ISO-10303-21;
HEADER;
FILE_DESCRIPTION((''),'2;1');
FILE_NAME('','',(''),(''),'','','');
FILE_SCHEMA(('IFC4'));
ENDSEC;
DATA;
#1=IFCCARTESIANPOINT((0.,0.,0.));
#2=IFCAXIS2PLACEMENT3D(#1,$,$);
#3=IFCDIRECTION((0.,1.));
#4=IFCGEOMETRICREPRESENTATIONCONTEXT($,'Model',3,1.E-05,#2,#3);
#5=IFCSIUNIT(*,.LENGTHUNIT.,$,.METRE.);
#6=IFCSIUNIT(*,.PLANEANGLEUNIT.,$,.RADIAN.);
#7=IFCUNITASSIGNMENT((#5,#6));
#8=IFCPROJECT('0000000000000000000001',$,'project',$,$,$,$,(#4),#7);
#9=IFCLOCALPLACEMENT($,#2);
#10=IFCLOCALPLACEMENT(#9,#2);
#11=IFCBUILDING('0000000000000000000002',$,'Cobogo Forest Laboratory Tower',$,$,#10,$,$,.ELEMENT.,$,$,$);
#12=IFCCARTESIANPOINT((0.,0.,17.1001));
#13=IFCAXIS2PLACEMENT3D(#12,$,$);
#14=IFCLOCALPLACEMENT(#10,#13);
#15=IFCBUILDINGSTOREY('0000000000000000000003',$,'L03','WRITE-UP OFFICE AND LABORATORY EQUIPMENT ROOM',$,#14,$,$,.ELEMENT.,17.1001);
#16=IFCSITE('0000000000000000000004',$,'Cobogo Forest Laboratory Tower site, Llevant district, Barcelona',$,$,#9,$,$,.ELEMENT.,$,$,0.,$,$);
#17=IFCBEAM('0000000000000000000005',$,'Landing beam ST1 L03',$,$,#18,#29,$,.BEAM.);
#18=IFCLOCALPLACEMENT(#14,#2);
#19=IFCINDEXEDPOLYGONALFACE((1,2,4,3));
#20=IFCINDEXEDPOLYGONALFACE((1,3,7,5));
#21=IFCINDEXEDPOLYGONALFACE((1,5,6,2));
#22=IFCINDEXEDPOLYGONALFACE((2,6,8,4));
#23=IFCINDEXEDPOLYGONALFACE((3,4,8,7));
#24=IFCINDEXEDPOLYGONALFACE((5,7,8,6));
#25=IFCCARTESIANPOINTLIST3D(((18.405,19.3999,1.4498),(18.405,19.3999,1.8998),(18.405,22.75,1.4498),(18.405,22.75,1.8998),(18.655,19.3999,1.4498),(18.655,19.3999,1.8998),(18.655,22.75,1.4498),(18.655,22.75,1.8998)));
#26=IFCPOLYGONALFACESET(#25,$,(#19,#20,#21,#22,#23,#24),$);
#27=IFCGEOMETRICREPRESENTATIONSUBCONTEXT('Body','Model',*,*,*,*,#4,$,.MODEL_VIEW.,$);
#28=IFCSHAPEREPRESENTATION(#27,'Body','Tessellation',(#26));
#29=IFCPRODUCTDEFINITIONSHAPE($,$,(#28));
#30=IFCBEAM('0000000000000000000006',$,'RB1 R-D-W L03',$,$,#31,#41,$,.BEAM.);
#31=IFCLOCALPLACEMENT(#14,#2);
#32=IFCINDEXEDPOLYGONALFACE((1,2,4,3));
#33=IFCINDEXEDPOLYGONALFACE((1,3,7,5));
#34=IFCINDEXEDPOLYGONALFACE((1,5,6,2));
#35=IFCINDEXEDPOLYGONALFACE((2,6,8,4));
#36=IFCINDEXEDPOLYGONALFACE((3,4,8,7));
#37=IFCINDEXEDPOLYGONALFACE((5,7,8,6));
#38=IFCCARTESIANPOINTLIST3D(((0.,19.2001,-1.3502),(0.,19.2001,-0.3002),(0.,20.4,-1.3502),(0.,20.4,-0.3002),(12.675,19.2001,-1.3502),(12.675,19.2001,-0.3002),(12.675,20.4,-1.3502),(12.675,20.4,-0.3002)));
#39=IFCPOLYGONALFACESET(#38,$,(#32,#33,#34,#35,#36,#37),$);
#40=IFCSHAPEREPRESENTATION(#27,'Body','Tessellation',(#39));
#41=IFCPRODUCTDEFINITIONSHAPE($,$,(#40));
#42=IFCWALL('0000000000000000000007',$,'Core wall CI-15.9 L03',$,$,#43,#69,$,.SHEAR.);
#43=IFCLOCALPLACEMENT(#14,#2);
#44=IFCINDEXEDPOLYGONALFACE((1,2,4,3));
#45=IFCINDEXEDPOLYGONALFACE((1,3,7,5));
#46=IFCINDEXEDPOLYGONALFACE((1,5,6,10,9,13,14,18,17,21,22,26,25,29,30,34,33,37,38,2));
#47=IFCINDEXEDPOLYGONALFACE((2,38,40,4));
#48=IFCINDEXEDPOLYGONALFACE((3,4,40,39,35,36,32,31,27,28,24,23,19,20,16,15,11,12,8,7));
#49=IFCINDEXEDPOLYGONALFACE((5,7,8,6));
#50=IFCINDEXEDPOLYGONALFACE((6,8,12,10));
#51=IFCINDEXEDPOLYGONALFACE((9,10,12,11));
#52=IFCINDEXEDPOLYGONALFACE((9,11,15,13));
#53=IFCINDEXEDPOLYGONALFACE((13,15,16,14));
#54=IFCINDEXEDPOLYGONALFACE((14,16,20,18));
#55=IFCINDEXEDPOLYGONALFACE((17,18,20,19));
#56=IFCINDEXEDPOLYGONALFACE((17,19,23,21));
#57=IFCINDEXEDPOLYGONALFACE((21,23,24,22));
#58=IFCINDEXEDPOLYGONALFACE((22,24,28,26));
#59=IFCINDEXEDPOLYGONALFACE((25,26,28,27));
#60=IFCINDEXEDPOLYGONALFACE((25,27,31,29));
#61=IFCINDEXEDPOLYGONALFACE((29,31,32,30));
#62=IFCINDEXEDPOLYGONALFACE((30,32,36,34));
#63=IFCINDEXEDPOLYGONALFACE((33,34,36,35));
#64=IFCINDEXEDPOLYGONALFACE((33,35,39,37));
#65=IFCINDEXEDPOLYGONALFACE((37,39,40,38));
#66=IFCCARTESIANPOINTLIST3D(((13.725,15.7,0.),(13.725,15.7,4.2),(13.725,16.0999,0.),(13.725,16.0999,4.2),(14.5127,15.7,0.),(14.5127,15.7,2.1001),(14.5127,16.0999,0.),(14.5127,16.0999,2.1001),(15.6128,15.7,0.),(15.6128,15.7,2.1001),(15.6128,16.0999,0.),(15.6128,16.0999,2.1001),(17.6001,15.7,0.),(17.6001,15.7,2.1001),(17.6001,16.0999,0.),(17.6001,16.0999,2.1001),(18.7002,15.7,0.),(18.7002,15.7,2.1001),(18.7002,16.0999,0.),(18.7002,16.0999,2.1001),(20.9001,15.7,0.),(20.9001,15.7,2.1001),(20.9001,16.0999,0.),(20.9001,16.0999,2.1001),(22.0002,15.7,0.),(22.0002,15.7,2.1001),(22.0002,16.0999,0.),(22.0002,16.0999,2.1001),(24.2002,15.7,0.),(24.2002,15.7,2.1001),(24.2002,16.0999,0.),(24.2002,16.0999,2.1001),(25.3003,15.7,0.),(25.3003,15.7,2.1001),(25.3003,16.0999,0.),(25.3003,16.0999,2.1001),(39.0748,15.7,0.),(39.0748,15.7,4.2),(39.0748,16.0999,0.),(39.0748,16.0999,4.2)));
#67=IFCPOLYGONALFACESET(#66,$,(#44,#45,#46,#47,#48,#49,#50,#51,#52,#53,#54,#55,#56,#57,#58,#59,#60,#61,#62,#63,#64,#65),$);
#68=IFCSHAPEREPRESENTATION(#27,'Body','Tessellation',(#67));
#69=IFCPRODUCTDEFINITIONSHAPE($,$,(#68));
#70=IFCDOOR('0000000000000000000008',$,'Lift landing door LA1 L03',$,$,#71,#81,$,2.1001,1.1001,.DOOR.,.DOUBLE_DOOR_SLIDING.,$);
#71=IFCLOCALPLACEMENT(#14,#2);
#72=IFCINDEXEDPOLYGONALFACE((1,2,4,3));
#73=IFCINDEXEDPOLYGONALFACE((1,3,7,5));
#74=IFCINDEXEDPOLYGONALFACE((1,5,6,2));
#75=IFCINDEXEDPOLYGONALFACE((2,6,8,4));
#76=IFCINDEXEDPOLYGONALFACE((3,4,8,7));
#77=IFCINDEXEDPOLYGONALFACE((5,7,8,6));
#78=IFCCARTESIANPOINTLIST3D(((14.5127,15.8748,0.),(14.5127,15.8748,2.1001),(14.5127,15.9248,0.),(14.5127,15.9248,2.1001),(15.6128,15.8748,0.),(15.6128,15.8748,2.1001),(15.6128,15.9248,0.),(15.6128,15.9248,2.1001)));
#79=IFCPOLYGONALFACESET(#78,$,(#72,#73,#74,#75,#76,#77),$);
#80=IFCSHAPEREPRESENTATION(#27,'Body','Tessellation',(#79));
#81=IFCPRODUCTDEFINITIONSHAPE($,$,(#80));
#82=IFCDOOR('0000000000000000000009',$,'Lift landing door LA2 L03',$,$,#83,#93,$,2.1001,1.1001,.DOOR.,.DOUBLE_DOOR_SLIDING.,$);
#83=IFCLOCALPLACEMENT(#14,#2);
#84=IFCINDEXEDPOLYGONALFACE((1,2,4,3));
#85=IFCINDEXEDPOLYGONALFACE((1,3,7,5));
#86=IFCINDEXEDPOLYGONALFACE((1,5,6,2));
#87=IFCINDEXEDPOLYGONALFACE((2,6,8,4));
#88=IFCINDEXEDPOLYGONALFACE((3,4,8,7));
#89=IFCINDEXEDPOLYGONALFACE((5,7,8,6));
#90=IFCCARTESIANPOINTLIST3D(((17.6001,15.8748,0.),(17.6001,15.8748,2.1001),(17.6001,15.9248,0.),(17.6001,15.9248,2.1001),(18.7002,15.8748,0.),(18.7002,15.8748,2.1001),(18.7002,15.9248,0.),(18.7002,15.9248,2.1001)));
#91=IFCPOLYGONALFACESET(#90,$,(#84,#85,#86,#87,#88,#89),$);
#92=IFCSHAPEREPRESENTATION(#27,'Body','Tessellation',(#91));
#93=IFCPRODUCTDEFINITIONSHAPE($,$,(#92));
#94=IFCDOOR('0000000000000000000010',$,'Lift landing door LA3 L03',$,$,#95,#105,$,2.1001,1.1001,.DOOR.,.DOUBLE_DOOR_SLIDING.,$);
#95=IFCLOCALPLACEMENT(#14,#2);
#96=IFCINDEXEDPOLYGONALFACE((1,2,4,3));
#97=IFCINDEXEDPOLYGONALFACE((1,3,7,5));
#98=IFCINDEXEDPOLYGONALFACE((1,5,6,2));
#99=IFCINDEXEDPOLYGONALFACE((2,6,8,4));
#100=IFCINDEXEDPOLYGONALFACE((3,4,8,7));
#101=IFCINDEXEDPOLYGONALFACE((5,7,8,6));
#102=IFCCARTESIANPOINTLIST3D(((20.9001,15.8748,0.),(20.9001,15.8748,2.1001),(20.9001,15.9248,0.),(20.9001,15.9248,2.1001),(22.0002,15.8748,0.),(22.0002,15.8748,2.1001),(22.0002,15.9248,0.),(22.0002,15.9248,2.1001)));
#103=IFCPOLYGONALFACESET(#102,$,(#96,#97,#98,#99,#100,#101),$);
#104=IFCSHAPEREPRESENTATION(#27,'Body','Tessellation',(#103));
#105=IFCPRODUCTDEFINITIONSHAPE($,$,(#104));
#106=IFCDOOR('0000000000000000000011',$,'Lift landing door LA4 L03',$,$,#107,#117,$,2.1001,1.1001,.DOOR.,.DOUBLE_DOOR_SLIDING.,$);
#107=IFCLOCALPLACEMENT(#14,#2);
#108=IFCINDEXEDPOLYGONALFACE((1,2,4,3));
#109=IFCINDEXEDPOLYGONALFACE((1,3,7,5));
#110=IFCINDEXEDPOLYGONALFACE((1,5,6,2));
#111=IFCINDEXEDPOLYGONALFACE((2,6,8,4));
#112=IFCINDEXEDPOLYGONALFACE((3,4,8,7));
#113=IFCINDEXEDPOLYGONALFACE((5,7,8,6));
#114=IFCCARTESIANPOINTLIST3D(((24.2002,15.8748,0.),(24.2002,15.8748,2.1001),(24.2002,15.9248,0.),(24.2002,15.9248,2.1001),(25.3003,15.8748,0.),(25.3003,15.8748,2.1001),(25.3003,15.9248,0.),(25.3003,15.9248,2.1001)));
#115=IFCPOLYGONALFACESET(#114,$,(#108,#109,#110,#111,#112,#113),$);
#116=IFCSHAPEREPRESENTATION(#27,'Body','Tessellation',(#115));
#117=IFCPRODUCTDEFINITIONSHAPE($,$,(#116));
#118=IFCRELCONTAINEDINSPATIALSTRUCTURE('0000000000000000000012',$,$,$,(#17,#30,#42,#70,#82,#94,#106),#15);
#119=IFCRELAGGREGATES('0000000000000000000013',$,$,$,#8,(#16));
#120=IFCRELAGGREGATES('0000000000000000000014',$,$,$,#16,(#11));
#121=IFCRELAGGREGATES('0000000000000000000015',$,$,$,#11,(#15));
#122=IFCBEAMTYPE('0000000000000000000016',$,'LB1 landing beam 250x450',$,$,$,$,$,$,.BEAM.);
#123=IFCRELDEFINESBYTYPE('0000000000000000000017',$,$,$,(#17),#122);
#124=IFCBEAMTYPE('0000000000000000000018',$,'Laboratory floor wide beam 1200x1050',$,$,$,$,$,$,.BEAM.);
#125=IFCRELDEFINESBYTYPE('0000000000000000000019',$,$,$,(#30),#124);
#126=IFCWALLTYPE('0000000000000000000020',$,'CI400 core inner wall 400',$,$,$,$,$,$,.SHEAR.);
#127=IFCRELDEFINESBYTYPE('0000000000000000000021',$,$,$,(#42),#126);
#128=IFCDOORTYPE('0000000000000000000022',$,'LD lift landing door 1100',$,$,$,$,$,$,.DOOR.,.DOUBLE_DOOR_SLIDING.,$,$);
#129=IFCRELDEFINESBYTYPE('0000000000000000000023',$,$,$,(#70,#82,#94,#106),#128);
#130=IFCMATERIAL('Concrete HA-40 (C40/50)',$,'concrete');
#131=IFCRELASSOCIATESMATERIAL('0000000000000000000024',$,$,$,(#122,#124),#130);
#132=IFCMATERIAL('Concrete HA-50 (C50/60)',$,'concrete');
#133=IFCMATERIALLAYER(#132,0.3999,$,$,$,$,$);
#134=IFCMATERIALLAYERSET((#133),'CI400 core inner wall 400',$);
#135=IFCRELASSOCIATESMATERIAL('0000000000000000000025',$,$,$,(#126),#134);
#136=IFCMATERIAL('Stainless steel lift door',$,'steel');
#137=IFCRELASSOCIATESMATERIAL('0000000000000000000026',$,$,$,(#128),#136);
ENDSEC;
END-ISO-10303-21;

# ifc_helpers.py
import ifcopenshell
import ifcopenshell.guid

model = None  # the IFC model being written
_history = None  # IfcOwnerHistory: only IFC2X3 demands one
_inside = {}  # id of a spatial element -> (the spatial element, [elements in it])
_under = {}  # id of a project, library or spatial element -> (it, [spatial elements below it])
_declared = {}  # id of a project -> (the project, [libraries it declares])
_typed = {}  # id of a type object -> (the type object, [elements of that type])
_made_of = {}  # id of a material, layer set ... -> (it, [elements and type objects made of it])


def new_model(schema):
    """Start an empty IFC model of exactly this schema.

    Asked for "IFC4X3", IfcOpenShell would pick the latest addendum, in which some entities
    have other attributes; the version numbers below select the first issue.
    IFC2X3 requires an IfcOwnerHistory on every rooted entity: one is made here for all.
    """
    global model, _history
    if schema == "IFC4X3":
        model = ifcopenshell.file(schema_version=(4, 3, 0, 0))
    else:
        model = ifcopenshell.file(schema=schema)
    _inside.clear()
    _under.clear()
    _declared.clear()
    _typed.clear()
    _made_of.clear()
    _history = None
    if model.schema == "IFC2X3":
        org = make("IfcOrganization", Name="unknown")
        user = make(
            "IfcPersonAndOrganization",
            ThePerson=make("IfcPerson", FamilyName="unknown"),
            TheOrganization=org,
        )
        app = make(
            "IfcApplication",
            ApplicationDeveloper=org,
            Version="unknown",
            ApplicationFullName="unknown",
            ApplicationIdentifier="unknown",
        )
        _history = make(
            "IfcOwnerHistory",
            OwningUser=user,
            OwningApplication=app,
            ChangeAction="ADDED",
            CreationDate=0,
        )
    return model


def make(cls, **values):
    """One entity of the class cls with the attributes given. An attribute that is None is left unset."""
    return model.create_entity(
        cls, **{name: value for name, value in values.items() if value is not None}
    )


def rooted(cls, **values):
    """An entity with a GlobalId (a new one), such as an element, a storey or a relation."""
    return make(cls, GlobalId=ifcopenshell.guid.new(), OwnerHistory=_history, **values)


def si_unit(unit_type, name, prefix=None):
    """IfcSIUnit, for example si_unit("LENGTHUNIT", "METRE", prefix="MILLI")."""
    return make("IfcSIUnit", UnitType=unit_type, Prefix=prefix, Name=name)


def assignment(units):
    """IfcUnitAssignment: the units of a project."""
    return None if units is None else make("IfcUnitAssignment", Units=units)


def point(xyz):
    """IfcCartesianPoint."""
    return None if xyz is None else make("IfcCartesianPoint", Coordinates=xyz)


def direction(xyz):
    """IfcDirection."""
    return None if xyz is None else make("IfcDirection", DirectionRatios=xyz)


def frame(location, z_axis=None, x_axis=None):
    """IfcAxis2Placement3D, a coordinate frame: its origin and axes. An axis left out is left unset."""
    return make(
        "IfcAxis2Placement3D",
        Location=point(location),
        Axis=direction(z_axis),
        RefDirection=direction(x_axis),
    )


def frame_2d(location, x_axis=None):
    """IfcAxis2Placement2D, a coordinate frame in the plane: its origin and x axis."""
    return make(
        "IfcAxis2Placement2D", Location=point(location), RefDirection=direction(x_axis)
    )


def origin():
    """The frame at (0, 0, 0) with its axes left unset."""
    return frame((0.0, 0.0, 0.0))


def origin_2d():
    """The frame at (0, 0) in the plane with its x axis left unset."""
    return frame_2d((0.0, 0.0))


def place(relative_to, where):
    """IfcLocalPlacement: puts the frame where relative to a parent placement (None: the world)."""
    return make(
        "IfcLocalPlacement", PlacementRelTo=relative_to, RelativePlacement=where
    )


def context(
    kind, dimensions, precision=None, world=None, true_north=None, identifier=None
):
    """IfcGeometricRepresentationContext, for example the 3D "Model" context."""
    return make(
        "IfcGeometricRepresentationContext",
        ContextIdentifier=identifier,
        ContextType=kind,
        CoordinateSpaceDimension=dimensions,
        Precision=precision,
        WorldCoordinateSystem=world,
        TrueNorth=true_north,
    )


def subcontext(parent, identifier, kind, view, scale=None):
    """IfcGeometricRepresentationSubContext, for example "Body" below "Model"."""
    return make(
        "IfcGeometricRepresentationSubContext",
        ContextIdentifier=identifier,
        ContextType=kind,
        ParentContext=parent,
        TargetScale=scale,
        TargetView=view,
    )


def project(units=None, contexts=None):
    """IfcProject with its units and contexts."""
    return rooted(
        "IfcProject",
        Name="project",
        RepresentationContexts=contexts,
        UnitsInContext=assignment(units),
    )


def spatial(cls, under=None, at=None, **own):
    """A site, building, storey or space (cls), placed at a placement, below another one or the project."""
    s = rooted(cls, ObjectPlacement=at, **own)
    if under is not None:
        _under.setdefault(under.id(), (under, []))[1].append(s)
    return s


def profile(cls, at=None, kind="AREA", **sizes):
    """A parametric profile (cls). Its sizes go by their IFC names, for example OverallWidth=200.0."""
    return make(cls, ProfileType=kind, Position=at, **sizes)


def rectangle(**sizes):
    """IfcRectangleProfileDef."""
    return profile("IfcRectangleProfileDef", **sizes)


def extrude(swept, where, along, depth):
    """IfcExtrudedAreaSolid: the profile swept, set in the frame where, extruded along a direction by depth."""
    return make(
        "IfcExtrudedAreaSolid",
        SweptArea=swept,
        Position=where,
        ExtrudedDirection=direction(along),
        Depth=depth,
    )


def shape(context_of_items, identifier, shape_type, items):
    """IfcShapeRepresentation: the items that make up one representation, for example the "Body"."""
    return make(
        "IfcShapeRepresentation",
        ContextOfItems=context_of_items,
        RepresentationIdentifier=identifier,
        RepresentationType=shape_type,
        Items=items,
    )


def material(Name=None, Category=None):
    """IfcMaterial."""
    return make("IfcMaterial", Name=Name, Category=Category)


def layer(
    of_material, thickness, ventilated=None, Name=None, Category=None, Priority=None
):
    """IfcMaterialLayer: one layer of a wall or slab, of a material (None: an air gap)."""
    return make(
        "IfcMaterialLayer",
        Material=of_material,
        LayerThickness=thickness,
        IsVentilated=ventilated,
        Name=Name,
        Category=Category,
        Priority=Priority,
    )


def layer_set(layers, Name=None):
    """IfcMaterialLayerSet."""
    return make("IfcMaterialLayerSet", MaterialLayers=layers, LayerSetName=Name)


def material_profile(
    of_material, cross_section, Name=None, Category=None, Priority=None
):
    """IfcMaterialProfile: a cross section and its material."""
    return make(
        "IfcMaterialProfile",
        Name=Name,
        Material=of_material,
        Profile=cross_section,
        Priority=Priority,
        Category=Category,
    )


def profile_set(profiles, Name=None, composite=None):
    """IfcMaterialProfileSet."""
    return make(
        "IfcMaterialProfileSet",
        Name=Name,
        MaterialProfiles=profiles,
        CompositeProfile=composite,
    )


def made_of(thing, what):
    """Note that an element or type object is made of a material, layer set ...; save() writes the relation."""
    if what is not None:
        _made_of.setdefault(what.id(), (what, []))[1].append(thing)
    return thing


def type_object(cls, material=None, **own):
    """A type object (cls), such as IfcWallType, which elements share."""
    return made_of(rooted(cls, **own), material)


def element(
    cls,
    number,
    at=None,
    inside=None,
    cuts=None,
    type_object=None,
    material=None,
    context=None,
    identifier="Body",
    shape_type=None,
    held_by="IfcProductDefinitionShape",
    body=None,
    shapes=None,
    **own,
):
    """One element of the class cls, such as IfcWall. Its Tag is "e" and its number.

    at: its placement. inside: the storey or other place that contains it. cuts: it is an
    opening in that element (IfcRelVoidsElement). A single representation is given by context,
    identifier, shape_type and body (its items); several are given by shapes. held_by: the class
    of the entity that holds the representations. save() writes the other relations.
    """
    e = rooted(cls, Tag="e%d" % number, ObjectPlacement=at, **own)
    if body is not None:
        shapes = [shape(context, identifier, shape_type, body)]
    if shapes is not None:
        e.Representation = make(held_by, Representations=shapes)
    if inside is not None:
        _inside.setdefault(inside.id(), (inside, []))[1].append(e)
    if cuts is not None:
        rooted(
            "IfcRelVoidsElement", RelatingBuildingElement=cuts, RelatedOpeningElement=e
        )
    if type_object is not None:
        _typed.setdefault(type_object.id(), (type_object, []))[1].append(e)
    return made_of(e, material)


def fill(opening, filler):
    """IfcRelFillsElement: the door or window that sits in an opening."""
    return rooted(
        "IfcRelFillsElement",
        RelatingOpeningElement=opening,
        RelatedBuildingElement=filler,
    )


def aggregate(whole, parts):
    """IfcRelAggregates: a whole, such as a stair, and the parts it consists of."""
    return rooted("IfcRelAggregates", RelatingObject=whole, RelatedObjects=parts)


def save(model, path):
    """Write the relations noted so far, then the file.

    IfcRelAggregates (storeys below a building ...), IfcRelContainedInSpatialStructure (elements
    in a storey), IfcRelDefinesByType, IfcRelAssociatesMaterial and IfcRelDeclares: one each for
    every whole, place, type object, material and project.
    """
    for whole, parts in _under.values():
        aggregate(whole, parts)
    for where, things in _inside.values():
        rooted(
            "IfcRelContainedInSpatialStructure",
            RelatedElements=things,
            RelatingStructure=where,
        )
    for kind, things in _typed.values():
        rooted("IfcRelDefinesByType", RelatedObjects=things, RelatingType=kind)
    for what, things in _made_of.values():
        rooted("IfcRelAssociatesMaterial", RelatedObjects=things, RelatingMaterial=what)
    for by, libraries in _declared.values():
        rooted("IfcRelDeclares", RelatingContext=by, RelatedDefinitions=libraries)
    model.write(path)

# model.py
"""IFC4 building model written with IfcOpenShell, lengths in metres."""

from ifc_helpers import new_model, si_unit, direction, frame, frame_2d, origin, origin_2d, place, context, subcontext, project, spatial, rectangle, extrude, material, layer, layer_set, material_profile, profile_set, type_object, element, fill, save


model = new_model("IFC4")

# Units and contexts
model_context = context("Model", 3, precision=1e-05, world=origin(), true_north=direction((0.0, 1.0)))
body_context = subcontext(model_context, "Body", "Model", "MODEL_VIEW")
ifc_project = project(units=[si_unit("LENGTHUNIT", "METRE"), si_unit("PLANEANGLEUNIT", "RADIAN")], contexts=[model_context])

# Site, building, storey
site_placement = place(None, origin())
site = spatial("IfcSite", under=ifc_project, at=site_placement, Name="Cobogo Forest Laboratory Tower site, Llevant district, Barcelona", CompositionType="ELEMENT", RefElevation=0.0)
building_placement = place(site_placement, origin())
building = spatial("IfcBuilding", under=site, at=building_placement, Name="Cobogo Forest Laboratory Tower", CompositionType="ELEMENT")
storey_placement = place(building_placement, frame((0.0, 0.0, 17.1001)))
storey = spatial("IfcBuildingStorey", under=building, at=storey_placement, Name="L03", Description="WRITE-UP OFFICE AND LABORATORY EQUIPMENT ROOM", CompositionType="ELEMENT", Elevation=17.1001)

# Beams
ifc_material_1 = material(Name="Concrete HA-40 (C40/50)", Category="concrete")
ifc_material_profile_1 = material_profile(ifc_material_1, rectangle(XDim=0.25, YDim=0.45, at=origin_2d()), Name="RC 250x450")
ifc_profile_set_1 = profile_set([ifc_material_profile_1], Name="Concrete HA-40 (C40/50)")
beam_type_1 = type_object("IfcBeamType", Name="LB1 landing beam 250x450", PredefinedType="BEAM", material=ifc_profile_set_1)
beam_1_placement = place(storey_placement, frame((18.53, 19.3999, 1.6748), z_axis=(0.0, 1.0, 0.0), x_axis=(-1.0, 0.0, 0.0)))
element("IfcBeam", 1, at=beam_1_placement, inside=storey, type_object=beam_type_1, Name="Landing beam ST1 L03", PredefinedType="BEAM", context=body_context, shape_type="SweptSolid", body=[
    extrude(rectangle(XDim=0.25, YDim=0.45, at=origin_2d()), origin(), (0.0, 0.0, 1.0), 3.3501),
])
ifc_material_profile_2 = material_profile(ifc_material_1, rectangle(XDim=1.2, YDim=1.05, at=origin_2d()), Name="RC 1200x1050")
ifc_profile_set_2 = profile_set([ifc_material_profile_2], Name="Concrete HA-40 (C40/50)")
beam_type_2 = type_object("IfcBeamType", Name="Laboratory floor wide beam 1200x1050", PredefinedType="BEAM", material=ifc_profile_set_2)
beam_2_placement = place(storey_placement, frame((12.675, 19.8, -0.8252), z_axis=(-1.0, 0.0, 0.0), x_axis=(0.0, -1.0, 0.0)))
element("IfcBeam", 2, at=beam_2_placement, inside=storey, type_object=beam_type_2, Name="RB1 R-D-W L03", PredefinedType="BEAM", context=body_context, shape_type="SweptSolid", body=[
    extrude(rectangle(XDim=1.2, YDim=1.05, at=origin_2d()), origin(), (0.0, 0.0, 1.0), 12.675),
])

# Wall, openings, doors
ifc_material_2 = material(Name="Concrete HA-50 (C50/60)", Category="concrete")
ifc_layer = layer(ifc_material_2, 0.3999)
ifc_layer_set = layer_set([ifc_layer], Name="CI400 core inner wall 400")
wall_type = type_object("IfcWallType", Name="CI400 core inner wall 400", PredefinedType="SHEAR", material=ifc_layer_set)
wall_1_placement = place(storey_placement, frame((13.7251, 15.8999, 0.0), z_axis=(0.0, 0.0, 1.0), x_axis=(1.0, 0.0, 0.0)))
wall_1 = element("IfcWall", 3, at=wall_1_placement, inside=storey, type_object=wall_type, Name="Core wall CI-15.9 L03", PredefinedType="SHEAR", context=body_context, shape_type="SweptSolid", body=[
    extrude(rectangle(XDim=25.3499, YDim=0.3999, at=frame_2d((12.6748, 0.0))), origin(), (0.0, 0.0, 1.0), 4.2),
])
opening_1_placement = place(wall_1_placement, frame((0.7876, 0.0, 0.0)))
opening_1 = element("IfcOpeningElement", 4, at=opening_1_placement, cuts=wall_1, PredefinedType="OPENING", context=body_context, shape_type="SweptSolid", body=[
    extrude(rectangle(XDim=1.1001, YDim=2.1001, at=frame_2d((0.55, 1.05))), frame((0.0, 0.21, 0.0), z_axis=(0.0, -1.0, 0.0), x_axis=(1.0, 0.0, 0.0)), (0.0, 0.0, 1.0), 0.4199),
])
opening_2_placement = place(wall_1_placement, frame((3.875, 0.0, 0.0)))
opening_2 = element("IfcOpeningElement", 5, at=opening_2_placement, cuts=wall_1, PredefinedType="OPENING", context=body_context, shape_type="SweptSolid", body=[
    extrude(rectangle(XDim=1.1001, YDim=2.1001, at=frame_2d((0.55, 1.05))), frame((0.0, 0.21, 0.0), z_axis=(0.0, -1.0, 0.0), x_axis=(1.0, 0.0, 0.0)), (0.0, 0.0, 1.0), 0.4199),
])
opening_3_placement = place(wall_1_placement, frame((7.175, 0.0, 0.0)))
opening_3 = element("IfcOpeningElement", 6, at=opening_3_placement, cuts=wall_1, PredefinedType="OPENING", context=body_context, shape_type="SweptSolid", body=[
    extrude(rectangle(XDim=1.1001, YDim=2.1001, at=frame_2d((0.55, 1.05))), frame((0.0, 0.21, 0.0), z_axis=(0.0, -1.0, 0.0), x_axis=(1.0, 0.0, 0.0)), (0.0, 0.0, 1.0), 0.4199),
])
opening_4_placement = place(wall_1_placement, frame((10.4751, 0.0, 0.0)))
opening_4 = element("IfcOpeningElement", 7, at=opening_4_placement, cuts=wall_1, PredefinedType="OPENING", context=body_context, shape_type="SweptSolid", body=[
    extrude(rectangle(XDim=1.1001, YDim=2.1001, at=frame_2d((0.55, 1.05))), frame((0.0, 0.21, 0.0), z_axis=(0.0, -1.0, 0.0), x_axis=(1.0, 0.0, 0.0)), (0.0, 0.0, 1.0), 0.4199),
])
ifc_material_3 = material(Name="Stainless steel lift door", Category="steel")
door_type_1 = type_object("IfcDoorType", Name="LD lift landing door 1100", OperationType="DOUBLE_DOOR_SLIDING", PredefinedType="DOOR", material=ifc_material_3)
door_1_placement = place(opening_1_placement, origin())
door_1 = element("IfcDoor", 8, at=door_1_placement, inside=storey, type_object=door_type_1, Name="Lift landing door LA1 L03", OperationType="DOUBLE_DOOR_SLIDING", OverallHeight=2.1001, OverallWidth=1.1001, PredefinedType="DOOR", context=body_context, shape_type="SweptSolid", body=[
    extrude(rectangle(XDim=1.1001, YDim=2.1001, at=frame_2d((0.55, 1.05))), frame((0.0, 0.0249, 0.0), z_axis=(0.0, -1.0, 0.0), x_axis=(1.0, 0.0, 0.0)), (0.0, 0.0, 1.0), 0.05),
])
fill(opening_1, door_1)
door_2_placement = place(opening_2_placement, origin())
door_2 = element("IfcDoor", 9, at=door_2_placement, inside=storey, type_object=door_type_1, Name="Lift landing door LA2 L03", OperationType="DOUBLE_DOOR_SLIDING", OverallHeight=2.1001, OverallWidth=1.1001, PredefinedType="DOOR", context=body_context, shape_type="SweptSolid", body=[
    extrude(rectangle(XDim=1.1001, YDim=2.1001, at=frame_2d((0.55, 1.05))), frame((0.0, 0.0249, 0.0), z_axis=(0.0, -1.0, 0.0), x_axis=(1.0, 0.0, 0.0)), (0.0, 0.0, 1.0), 0.05),
])
fill(opening_2, door_2)
door_3_placement = place(opening_3_placement, origin())
door_3 = element("IfcDoor", 10, at=door_3_placement, inside=storey, type_object=door_type_1, Name="Lift landing door LA3 L03", OperationType="DOUBLE_DOOR_SLIDING", OverallHeight=2.1001, OverallWidth=1.1001, PredefinedType="DOOR", context=body_context, shape_type="SweptSolid", body=[
    extrude(rectangle(XDim=1.1001, YDim=2.1001, at=frame_2d((0.55, 1.05))), frame((0.0, 0.0249, 0.0), z_axis=(0.0, -1.0, 0.0), x_axis=(1.0, 0.0, 0.0)), (0.0, 0.0, 1.0), 0.05),
])
fill(opening_3, door_3)
door_4_placement = place(opening_4_placement, origin())
door_4 = element("IfcDoor", 11, at=door_4_placement, inside=storey, type_object=door_type_1, Name="Lift landing door LA4 L03", OperationType="DOUBLE_DOOR_SLIDING", OverallHeight=2.1001, OverallWidth=1.1001, PredefinedType="DOOR", context=body_context, shape_type="SweptSolid", body=[
    extrude(rectangle(XDim=1.1001, YDim=2.1001, at=frame_2d((0.55, 1.05))), frame((0.0, 0.0249, 0.0), z_axis=(0.0, -1.0, 0.0), x_axis=(1.0, 0.0, 0.0)), (0.0, 0.0, 1.0), 0.05),
])
fill(opening_4, door_4)

save(model, "model.ifc")
